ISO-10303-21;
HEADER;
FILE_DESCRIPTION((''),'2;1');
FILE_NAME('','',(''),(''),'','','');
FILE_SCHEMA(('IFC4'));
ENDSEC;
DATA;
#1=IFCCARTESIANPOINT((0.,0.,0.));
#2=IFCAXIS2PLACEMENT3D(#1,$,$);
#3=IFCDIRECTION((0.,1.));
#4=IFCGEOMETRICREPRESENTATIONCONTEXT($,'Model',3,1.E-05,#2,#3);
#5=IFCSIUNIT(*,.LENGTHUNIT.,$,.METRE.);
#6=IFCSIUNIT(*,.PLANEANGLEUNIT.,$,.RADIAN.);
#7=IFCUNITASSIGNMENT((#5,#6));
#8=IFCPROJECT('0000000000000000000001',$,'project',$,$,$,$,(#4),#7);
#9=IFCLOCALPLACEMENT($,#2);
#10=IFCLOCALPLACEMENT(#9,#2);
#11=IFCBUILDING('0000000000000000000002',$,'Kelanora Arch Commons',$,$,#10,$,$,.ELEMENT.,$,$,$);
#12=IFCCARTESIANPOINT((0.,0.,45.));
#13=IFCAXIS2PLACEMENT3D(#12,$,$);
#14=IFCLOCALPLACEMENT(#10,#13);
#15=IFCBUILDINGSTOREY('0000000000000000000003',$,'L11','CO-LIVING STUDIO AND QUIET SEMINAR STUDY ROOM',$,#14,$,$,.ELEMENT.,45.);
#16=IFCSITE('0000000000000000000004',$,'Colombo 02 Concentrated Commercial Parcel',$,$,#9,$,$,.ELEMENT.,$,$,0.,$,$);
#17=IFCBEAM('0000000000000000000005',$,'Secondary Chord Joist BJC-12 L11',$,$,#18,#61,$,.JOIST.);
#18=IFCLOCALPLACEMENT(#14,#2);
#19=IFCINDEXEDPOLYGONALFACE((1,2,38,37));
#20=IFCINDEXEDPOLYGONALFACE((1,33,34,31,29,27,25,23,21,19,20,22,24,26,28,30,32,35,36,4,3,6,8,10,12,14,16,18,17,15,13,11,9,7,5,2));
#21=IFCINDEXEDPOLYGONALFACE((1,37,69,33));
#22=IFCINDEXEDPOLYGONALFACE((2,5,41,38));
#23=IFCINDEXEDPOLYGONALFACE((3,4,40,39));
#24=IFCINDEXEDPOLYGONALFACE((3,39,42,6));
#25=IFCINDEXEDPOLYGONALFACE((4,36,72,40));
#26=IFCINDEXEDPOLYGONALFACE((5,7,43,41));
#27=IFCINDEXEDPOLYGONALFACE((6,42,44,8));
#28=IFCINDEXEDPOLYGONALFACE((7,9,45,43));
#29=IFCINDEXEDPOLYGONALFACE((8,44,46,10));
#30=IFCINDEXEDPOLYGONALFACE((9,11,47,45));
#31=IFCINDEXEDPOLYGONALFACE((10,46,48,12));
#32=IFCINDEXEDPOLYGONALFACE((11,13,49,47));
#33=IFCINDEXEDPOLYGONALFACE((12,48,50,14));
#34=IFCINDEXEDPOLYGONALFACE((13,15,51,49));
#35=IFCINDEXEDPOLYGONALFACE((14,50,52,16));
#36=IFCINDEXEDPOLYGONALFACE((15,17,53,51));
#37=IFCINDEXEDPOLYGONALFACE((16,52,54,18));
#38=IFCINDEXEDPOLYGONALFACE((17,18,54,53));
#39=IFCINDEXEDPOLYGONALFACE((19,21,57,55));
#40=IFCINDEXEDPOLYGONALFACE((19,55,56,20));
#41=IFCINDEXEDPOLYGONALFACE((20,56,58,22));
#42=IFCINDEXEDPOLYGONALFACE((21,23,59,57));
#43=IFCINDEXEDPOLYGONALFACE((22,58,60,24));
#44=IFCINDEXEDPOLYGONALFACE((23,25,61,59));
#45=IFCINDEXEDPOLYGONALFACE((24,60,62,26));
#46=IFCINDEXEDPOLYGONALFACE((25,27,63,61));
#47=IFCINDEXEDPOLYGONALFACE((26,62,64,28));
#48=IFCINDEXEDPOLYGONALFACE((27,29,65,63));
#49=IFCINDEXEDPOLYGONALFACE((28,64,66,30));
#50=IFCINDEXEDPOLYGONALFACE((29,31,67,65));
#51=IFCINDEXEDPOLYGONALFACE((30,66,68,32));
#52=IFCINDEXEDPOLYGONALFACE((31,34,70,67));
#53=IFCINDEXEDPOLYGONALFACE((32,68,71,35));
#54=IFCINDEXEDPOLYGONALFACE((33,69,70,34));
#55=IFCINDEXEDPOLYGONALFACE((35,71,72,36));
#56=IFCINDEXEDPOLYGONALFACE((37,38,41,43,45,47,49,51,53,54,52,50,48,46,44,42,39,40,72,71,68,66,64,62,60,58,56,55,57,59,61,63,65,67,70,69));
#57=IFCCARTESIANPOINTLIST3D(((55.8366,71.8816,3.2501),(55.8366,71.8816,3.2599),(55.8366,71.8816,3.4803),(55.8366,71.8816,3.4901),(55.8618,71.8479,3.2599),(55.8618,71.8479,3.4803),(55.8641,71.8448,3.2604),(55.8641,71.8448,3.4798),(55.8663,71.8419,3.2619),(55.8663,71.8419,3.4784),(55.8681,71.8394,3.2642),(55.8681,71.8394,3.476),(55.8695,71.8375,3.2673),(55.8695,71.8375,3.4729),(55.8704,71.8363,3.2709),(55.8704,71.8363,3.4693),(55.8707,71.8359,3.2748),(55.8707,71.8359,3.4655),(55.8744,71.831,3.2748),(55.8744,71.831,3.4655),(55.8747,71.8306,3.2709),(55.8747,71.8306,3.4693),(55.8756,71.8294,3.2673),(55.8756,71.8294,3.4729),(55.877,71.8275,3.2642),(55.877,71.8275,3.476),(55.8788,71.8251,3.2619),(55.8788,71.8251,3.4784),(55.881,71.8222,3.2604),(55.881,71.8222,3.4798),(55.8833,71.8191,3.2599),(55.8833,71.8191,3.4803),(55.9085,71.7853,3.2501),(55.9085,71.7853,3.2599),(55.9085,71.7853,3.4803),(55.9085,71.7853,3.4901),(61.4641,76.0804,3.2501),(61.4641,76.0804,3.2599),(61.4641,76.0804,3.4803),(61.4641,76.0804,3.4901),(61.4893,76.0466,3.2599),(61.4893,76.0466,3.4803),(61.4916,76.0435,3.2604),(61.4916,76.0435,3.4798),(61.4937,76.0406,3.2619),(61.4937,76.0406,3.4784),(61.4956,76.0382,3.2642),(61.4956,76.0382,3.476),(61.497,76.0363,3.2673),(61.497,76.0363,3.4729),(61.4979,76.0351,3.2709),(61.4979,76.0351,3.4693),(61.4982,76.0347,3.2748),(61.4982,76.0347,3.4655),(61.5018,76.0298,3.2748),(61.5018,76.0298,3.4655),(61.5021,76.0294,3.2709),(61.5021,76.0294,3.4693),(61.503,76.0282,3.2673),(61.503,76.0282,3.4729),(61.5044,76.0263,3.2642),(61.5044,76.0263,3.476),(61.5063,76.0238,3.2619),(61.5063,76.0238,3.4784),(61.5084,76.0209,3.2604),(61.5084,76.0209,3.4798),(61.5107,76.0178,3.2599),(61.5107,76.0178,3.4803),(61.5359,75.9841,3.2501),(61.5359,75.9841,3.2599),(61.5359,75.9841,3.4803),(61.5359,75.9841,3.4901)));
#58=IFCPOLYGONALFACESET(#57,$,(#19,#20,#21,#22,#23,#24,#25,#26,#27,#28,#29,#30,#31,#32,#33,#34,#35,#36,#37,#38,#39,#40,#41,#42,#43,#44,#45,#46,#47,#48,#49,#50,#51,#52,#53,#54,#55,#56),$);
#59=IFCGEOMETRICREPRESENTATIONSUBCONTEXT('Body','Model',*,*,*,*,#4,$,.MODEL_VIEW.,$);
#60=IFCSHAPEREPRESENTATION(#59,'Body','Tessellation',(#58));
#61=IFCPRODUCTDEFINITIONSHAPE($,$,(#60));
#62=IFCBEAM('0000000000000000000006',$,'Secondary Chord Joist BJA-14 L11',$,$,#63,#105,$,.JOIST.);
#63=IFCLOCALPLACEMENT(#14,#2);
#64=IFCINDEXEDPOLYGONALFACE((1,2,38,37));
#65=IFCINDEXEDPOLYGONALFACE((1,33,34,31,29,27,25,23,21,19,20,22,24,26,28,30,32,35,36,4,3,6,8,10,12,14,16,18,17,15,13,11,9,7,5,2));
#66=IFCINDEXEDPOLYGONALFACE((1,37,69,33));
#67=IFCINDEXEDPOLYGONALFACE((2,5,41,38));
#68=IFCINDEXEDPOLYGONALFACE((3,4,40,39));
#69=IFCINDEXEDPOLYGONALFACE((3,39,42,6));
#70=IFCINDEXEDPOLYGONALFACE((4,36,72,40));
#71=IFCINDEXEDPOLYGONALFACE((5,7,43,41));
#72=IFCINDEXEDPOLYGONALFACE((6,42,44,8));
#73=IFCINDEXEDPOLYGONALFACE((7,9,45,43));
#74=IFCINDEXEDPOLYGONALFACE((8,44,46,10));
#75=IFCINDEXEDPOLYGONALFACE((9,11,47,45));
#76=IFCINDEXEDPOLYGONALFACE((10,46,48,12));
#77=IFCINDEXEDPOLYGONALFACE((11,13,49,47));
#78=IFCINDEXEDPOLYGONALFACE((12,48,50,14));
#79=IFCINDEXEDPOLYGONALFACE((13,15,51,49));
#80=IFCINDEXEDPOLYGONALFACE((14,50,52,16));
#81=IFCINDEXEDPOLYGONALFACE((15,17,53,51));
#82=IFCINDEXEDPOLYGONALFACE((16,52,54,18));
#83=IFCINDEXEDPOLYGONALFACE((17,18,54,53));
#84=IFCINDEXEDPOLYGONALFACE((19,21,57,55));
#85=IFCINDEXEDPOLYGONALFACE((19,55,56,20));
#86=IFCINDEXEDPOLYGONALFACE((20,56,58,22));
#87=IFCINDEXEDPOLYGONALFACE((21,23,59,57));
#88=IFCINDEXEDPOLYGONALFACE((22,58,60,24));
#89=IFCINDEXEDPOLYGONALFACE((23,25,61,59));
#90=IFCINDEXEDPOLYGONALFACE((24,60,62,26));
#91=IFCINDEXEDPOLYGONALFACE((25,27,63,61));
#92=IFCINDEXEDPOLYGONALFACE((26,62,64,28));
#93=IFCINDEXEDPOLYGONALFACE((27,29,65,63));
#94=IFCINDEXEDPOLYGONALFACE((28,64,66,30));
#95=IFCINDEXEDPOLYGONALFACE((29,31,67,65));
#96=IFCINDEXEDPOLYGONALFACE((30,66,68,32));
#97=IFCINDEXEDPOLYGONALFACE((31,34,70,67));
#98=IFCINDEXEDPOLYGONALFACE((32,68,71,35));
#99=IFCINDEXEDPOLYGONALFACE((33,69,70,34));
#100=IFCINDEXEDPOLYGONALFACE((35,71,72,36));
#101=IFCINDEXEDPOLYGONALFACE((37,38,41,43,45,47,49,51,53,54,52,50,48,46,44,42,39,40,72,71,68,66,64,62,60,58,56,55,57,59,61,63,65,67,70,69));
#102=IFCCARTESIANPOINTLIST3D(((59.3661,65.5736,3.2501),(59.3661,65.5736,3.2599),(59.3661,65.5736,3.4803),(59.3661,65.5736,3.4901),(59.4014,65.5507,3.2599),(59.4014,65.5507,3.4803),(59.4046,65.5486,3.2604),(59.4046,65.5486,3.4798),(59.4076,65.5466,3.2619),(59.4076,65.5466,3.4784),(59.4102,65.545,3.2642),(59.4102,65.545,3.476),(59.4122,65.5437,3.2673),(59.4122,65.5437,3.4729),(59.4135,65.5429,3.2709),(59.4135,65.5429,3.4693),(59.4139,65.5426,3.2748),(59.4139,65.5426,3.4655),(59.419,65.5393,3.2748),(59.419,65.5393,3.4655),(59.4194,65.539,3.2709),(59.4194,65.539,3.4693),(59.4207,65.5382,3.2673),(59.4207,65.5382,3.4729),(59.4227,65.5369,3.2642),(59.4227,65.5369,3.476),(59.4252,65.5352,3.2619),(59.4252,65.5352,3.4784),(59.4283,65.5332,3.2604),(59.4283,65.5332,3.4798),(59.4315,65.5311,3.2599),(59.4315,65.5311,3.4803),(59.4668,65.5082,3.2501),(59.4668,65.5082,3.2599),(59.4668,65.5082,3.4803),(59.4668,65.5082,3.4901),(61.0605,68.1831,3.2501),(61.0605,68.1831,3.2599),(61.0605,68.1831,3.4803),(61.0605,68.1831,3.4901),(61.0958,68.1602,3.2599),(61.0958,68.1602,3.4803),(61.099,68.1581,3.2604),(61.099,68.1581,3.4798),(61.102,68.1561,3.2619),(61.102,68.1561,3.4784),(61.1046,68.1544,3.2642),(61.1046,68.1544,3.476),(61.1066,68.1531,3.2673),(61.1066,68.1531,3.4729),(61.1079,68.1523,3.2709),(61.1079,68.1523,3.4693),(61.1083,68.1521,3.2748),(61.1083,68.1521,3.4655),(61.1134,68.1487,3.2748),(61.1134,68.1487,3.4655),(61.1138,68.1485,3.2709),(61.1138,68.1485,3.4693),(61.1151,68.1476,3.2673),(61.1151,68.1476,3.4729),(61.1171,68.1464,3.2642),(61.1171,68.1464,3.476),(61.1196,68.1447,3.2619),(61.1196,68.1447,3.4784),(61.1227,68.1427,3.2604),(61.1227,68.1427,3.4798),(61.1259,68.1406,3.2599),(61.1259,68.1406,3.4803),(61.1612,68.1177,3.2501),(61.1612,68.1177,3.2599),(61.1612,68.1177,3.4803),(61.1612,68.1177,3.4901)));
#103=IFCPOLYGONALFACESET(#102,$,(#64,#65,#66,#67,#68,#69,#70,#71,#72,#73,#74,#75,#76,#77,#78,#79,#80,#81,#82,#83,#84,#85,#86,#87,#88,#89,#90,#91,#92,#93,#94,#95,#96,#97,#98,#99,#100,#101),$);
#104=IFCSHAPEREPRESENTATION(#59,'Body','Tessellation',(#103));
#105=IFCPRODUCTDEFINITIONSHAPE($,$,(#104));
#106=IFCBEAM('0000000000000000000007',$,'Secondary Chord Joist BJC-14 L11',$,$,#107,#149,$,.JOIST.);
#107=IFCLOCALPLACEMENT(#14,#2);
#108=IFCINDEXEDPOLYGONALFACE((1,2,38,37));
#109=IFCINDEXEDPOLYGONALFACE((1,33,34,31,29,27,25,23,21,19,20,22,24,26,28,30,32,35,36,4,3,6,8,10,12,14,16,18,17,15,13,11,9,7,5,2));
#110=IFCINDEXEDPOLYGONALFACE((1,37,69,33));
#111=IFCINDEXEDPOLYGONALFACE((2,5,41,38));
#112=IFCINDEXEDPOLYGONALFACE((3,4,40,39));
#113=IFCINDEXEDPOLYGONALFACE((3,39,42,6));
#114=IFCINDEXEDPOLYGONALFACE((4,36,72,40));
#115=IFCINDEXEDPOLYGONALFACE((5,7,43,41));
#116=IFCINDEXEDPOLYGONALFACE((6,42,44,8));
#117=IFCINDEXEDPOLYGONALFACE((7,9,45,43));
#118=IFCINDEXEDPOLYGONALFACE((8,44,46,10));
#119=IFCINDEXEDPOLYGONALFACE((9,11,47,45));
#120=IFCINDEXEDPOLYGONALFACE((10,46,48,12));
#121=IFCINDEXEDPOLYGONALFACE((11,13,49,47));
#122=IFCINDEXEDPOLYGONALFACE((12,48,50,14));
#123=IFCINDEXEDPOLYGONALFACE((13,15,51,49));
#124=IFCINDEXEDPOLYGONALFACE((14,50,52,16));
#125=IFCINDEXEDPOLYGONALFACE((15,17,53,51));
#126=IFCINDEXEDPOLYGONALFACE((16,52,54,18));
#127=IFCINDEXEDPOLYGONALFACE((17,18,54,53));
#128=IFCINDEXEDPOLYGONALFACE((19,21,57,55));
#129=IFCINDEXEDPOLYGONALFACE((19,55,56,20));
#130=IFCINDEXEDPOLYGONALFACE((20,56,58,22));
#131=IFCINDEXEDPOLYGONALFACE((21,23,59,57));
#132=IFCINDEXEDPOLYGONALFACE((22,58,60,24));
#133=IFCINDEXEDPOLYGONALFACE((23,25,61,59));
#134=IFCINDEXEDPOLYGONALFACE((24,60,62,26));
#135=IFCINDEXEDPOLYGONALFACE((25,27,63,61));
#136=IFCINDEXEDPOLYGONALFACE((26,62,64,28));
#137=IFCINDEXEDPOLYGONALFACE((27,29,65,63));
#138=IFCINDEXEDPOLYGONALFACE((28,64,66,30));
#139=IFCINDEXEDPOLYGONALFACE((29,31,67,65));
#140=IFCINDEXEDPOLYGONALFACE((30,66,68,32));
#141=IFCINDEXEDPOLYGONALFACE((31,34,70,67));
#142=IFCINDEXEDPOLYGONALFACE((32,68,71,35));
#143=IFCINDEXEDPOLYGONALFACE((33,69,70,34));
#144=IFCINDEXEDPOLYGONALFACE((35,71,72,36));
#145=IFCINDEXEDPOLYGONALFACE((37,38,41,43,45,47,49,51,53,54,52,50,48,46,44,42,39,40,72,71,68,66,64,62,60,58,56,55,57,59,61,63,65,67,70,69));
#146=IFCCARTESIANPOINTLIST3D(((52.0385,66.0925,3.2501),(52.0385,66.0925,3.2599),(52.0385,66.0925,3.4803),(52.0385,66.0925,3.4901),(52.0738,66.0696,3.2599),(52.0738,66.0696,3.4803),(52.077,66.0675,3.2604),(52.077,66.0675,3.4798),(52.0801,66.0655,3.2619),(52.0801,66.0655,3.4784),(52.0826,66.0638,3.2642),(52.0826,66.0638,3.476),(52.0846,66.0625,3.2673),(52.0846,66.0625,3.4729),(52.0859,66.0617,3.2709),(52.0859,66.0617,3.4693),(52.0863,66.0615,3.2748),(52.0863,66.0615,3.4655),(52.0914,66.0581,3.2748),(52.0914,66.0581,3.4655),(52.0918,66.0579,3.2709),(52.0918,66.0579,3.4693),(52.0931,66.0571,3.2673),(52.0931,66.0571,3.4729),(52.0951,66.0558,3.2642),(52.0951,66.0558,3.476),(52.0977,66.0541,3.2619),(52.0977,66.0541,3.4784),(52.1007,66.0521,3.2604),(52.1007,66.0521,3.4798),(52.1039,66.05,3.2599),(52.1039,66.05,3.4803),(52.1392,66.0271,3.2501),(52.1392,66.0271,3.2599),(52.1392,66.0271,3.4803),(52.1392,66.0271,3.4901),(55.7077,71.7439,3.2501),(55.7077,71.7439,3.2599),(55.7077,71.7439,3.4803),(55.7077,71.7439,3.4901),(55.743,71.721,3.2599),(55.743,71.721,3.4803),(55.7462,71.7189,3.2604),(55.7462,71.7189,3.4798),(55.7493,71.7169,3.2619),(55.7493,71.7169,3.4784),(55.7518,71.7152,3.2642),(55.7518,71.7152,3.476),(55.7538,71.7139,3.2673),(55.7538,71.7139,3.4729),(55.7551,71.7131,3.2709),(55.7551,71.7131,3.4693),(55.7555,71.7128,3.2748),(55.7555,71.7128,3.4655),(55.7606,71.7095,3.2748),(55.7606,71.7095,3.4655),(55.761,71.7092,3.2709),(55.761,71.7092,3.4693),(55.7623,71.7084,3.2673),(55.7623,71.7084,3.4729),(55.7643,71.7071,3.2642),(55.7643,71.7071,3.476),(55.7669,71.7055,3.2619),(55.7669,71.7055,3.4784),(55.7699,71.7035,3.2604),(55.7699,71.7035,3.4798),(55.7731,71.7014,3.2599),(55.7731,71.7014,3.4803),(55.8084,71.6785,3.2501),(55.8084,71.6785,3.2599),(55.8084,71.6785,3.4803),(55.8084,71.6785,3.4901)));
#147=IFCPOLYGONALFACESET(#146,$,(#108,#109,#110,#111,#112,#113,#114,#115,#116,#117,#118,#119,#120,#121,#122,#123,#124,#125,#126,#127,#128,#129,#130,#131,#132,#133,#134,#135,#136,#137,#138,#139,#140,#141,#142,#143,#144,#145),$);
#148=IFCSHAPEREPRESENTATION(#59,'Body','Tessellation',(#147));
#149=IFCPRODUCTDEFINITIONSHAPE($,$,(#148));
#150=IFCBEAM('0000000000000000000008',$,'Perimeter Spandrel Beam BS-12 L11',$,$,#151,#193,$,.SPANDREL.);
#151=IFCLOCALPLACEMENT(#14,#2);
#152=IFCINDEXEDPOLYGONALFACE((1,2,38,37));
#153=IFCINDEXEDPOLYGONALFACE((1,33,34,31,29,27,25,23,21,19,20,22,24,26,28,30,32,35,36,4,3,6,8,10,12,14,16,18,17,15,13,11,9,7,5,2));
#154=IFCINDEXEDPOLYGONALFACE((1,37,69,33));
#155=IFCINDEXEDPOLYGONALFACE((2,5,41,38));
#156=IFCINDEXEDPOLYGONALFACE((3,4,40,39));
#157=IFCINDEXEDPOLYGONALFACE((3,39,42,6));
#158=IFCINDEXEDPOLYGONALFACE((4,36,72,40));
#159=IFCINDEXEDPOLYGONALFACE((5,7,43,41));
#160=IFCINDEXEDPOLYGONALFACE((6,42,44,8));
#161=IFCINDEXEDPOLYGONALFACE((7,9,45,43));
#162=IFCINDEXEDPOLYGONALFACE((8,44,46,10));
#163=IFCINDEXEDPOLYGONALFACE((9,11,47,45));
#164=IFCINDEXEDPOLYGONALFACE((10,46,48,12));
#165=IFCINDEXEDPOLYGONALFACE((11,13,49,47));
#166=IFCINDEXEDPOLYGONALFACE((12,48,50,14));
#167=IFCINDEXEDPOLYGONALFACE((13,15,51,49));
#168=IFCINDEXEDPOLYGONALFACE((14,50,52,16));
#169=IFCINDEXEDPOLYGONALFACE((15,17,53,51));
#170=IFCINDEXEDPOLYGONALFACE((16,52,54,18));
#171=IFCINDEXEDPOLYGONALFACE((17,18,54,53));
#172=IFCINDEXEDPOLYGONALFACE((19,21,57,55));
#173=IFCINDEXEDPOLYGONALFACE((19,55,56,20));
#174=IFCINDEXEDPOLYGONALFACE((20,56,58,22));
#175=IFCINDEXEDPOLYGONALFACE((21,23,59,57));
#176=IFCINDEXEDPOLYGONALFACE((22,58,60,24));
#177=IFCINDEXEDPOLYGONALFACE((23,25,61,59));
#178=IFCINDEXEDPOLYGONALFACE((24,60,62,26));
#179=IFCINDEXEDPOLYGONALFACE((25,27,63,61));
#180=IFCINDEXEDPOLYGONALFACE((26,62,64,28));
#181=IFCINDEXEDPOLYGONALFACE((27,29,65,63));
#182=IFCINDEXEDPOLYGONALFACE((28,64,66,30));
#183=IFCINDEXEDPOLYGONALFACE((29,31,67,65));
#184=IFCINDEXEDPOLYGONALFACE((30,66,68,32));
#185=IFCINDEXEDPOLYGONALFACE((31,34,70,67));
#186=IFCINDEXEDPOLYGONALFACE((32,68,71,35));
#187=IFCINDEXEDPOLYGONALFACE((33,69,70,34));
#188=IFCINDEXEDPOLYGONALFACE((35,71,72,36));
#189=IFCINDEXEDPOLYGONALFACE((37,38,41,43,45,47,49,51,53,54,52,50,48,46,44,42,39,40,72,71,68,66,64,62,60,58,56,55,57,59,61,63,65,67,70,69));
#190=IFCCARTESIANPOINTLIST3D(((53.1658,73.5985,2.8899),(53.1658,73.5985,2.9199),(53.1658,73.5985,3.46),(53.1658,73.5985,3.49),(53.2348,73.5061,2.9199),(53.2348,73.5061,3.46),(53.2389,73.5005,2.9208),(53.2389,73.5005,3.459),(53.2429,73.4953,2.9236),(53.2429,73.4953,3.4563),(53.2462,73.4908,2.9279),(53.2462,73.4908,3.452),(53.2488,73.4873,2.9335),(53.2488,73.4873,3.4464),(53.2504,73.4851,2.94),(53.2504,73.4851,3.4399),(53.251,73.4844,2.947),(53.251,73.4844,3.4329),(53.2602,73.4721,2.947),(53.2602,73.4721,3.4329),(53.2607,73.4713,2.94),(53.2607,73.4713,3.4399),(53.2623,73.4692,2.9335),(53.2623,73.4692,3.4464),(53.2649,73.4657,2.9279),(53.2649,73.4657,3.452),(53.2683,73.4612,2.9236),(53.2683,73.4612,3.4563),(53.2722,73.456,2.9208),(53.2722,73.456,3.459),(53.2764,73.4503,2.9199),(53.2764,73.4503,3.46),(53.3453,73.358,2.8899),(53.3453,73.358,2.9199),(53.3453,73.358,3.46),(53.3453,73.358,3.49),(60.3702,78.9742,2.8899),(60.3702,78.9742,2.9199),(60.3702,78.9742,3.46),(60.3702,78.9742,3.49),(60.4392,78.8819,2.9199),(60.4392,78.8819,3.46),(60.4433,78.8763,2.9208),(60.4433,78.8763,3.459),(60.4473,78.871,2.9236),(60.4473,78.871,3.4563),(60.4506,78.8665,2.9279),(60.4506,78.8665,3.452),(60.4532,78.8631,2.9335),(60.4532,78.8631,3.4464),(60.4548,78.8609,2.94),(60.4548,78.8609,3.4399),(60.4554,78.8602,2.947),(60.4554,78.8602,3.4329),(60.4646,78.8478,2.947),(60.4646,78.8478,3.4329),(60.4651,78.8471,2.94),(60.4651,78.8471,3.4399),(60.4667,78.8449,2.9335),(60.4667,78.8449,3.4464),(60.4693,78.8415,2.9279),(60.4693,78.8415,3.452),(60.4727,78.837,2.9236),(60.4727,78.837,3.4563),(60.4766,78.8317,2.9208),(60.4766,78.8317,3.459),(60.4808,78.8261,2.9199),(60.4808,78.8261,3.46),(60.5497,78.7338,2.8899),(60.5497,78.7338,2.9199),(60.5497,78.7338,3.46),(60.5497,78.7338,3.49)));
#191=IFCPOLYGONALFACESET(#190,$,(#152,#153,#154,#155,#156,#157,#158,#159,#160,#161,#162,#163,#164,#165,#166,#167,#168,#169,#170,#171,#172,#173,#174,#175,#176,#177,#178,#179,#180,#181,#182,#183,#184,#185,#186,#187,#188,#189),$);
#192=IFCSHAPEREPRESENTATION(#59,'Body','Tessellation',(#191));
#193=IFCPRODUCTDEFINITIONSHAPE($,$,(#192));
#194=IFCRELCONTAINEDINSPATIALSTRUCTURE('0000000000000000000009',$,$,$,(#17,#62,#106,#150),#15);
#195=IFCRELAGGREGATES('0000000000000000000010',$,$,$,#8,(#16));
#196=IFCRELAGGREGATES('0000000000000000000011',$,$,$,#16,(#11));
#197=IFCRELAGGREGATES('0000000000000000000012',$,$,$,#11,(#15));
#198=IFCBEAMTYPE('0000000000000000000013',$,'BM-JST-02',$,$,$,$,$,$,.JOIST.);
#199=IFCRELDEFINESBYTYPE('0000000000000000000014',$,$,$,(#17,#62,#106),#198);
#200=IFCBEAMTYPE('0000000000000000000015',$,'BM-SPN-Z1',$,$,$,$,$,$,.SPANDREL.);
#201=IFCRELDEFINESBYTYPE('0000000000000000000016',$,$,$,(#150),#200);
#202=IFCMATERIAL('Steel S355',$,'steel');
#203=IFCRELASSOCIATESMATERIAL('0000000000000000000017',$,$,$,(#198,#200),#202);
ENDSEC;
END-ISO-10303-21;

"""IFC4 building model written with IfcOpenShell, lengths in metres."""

from ifc_helpers import new_model, si_unit, direction, frame, origin, origin_2d, place, context, subcontext, project, spatial, i_section, extrude, material, material_profile, profile_set, type_object, element, save


model = new_model("IFC4")

# Units and contexts
model_context = context("Model", 3, precision=1e-05, world=origin(), true_north=direction((0.0, 1.0)))
body_context = subcontext(model_context, "Body", "Model", "MODEL_VIEW")
ifc_project = project(units=[si_unit("LENGTHUNIT", "METRE"), si_unit("PLANEANGLEUNIT", "RADIAN")], contexts=[model_context])

# Site, building, storey
site_placement = place(None, origin())
site = spatial("IfcSite", under=ifc_project, at=site_placement, Name="Colombo 02 Concentrated Commercial Parcel", CompositionType="ELEMENT", RefElevation=0.0)
building_placement = place(site_placement, origin())
building = spatial("IfcBuilding", under=site, at=building_placement, Name="Kelanora Arch Commons", CompositionType="ELEMENT")
storey_placement = place(building_placement, frame((0.0, 0.0, 45.0)))
storey = spatial("IfcBuildingStorey", under=building, at=storey_placement, Name="L11", Description="CO-LIVING STUDIO AND QUIET SEMINAR STUDY ROOM", CompositionType="ELEMENT", Elevation=45.0)

# Beams
ifc_material_1 = material(Name="Steel S355", Category="steel")
ifc_material_profile_1 = material_profile(ifc_material_1, i_section(OverallWidth=0.1201, OverallDepth=0.24, WebThickness=0.0061, FlangeThickness=0.0098, FilletRadius=0.0149, at=origin_2d()), Name="IPE240")
ifc_profile_set_1 = profile_set([ifc_material_profile_1], Name="Steel S355")
beam_type_1 = type_object("IfcBeamType", Name="BM-JST-02", PredefinedType="JOIST", material=ifc_profile_set_1)
beam_1_placement = place(storey_placement, frame((61.5, 76.0322, 3.3701), z_axis=(-0.801491, -0.598006, 0.0), x_axis=(0.598006, -0.801491, 0.0)))
element("IfcBeam", 1, at=beam_1_placement, inside=storey, type_object=beam_type_1, Name="Secondary Chord Joist BJC-12 L11", PredefinedType="JOIST", context=body_context, shape_type="SweptSolid", body=[
    extrude(i_section(OverallWidth=0.1201, OverallDepth=0.24, WebThickness=0.0061, FlangeThickness=0.0098, FilletRadius=0.0149, at=origin_2d()), origin(), (0.0, 0.0, 1.0), 7.0212),
])
beam_2_placement = place(storey_placement, frame((61.1108, 68.1504, 3.3701), z_axis=(-0.544591, -0.838702, 0.0), x_axis=(0.838702, -0.544591, 0.0)))
element("IfcBeam", 2, at=beam_2_placement, inside=storey, type_object=beam_type_1, Name="Secondary Chord Joist BJA-14 L11", PredefinedType="JOIST", context=body_context, shape_type="SweptSolid", body=[
    extrude(i_section(OverallWidth=0.1201, OverallDepth=0.24, WebThickness=0.0061, FlangeThickness=0.0098, FilletRadius=0.0149, at=origin_2d()), origin(), (0.0, 0.0, 1.0), 3.1113),
])
beam_3_placement = place(storey_placement, frame((55.7581, 71.7112, 3.3701), z_axis=(-0.54455, -0.838728, 0.0), x_axis=(0.838728, -0.54455, 0.0)))
element("IfcBeam", 3, at=beam_3_placement, inside=storey, type_object=beam_type_1, Name="Secondary Chord Joist BJC-14 L11", PredefinedType="JOIST", context=body_context, shape_type="SweptSolid", body=[
    extrude(i_section(OverallWidth=0.1201, OverallDepth=0.24, WebThickness=0.0061, FlangeThickness=0.0098, FilletRadius=0.0149, at=origin_2d()), origin(), (0.0, 0.0, 1.0), 6.738),
])
ifc_material_profile_2 = material_profile(ifc_material_1, i_section(OverallWidth=0.3, OverallDepth=0.6001, WebThickness=0.0154, FlangeThickness=0.03, FilletRadius=0.0271, at=origin_2d()), Name="HEB600")
ifc_profile_set_2 = profile_set([ifc_material_profile_2], Name="Steel S355")
beam_type_2 = type_object("IfcBeamType", Name="BM-SPN-Z1", PredefinedType="SPANDREL", material=ifc_profile_set_2)
beam_4_placement = place(storey_placement, frame((60.46, 78.854, 3.1899), z_axis=(-0.801468, -0.598038, 0.0), x_axis=(0.598038, -0.801468, 0.0)))
element("IfcBeam", 4, at=beam_4_placement, inside=storey, type_object=beam_type_2, Name="Perimeter Spandrel Beam BS-12 L11", PredefinedType="SPANDREL", context=body_context, shape_type="SweptSolid", body=[
    extrude(i_section(OverallWidth=0.3, OverallDepth=0.6001, WebThickness=0.0154, FlangeThickness=0.03, FilletRadius=0.0271, at=origin_2d()), origin(), (0.0, 0.0, 1.0), 8.989),
])

save(model, "model.ifc")
